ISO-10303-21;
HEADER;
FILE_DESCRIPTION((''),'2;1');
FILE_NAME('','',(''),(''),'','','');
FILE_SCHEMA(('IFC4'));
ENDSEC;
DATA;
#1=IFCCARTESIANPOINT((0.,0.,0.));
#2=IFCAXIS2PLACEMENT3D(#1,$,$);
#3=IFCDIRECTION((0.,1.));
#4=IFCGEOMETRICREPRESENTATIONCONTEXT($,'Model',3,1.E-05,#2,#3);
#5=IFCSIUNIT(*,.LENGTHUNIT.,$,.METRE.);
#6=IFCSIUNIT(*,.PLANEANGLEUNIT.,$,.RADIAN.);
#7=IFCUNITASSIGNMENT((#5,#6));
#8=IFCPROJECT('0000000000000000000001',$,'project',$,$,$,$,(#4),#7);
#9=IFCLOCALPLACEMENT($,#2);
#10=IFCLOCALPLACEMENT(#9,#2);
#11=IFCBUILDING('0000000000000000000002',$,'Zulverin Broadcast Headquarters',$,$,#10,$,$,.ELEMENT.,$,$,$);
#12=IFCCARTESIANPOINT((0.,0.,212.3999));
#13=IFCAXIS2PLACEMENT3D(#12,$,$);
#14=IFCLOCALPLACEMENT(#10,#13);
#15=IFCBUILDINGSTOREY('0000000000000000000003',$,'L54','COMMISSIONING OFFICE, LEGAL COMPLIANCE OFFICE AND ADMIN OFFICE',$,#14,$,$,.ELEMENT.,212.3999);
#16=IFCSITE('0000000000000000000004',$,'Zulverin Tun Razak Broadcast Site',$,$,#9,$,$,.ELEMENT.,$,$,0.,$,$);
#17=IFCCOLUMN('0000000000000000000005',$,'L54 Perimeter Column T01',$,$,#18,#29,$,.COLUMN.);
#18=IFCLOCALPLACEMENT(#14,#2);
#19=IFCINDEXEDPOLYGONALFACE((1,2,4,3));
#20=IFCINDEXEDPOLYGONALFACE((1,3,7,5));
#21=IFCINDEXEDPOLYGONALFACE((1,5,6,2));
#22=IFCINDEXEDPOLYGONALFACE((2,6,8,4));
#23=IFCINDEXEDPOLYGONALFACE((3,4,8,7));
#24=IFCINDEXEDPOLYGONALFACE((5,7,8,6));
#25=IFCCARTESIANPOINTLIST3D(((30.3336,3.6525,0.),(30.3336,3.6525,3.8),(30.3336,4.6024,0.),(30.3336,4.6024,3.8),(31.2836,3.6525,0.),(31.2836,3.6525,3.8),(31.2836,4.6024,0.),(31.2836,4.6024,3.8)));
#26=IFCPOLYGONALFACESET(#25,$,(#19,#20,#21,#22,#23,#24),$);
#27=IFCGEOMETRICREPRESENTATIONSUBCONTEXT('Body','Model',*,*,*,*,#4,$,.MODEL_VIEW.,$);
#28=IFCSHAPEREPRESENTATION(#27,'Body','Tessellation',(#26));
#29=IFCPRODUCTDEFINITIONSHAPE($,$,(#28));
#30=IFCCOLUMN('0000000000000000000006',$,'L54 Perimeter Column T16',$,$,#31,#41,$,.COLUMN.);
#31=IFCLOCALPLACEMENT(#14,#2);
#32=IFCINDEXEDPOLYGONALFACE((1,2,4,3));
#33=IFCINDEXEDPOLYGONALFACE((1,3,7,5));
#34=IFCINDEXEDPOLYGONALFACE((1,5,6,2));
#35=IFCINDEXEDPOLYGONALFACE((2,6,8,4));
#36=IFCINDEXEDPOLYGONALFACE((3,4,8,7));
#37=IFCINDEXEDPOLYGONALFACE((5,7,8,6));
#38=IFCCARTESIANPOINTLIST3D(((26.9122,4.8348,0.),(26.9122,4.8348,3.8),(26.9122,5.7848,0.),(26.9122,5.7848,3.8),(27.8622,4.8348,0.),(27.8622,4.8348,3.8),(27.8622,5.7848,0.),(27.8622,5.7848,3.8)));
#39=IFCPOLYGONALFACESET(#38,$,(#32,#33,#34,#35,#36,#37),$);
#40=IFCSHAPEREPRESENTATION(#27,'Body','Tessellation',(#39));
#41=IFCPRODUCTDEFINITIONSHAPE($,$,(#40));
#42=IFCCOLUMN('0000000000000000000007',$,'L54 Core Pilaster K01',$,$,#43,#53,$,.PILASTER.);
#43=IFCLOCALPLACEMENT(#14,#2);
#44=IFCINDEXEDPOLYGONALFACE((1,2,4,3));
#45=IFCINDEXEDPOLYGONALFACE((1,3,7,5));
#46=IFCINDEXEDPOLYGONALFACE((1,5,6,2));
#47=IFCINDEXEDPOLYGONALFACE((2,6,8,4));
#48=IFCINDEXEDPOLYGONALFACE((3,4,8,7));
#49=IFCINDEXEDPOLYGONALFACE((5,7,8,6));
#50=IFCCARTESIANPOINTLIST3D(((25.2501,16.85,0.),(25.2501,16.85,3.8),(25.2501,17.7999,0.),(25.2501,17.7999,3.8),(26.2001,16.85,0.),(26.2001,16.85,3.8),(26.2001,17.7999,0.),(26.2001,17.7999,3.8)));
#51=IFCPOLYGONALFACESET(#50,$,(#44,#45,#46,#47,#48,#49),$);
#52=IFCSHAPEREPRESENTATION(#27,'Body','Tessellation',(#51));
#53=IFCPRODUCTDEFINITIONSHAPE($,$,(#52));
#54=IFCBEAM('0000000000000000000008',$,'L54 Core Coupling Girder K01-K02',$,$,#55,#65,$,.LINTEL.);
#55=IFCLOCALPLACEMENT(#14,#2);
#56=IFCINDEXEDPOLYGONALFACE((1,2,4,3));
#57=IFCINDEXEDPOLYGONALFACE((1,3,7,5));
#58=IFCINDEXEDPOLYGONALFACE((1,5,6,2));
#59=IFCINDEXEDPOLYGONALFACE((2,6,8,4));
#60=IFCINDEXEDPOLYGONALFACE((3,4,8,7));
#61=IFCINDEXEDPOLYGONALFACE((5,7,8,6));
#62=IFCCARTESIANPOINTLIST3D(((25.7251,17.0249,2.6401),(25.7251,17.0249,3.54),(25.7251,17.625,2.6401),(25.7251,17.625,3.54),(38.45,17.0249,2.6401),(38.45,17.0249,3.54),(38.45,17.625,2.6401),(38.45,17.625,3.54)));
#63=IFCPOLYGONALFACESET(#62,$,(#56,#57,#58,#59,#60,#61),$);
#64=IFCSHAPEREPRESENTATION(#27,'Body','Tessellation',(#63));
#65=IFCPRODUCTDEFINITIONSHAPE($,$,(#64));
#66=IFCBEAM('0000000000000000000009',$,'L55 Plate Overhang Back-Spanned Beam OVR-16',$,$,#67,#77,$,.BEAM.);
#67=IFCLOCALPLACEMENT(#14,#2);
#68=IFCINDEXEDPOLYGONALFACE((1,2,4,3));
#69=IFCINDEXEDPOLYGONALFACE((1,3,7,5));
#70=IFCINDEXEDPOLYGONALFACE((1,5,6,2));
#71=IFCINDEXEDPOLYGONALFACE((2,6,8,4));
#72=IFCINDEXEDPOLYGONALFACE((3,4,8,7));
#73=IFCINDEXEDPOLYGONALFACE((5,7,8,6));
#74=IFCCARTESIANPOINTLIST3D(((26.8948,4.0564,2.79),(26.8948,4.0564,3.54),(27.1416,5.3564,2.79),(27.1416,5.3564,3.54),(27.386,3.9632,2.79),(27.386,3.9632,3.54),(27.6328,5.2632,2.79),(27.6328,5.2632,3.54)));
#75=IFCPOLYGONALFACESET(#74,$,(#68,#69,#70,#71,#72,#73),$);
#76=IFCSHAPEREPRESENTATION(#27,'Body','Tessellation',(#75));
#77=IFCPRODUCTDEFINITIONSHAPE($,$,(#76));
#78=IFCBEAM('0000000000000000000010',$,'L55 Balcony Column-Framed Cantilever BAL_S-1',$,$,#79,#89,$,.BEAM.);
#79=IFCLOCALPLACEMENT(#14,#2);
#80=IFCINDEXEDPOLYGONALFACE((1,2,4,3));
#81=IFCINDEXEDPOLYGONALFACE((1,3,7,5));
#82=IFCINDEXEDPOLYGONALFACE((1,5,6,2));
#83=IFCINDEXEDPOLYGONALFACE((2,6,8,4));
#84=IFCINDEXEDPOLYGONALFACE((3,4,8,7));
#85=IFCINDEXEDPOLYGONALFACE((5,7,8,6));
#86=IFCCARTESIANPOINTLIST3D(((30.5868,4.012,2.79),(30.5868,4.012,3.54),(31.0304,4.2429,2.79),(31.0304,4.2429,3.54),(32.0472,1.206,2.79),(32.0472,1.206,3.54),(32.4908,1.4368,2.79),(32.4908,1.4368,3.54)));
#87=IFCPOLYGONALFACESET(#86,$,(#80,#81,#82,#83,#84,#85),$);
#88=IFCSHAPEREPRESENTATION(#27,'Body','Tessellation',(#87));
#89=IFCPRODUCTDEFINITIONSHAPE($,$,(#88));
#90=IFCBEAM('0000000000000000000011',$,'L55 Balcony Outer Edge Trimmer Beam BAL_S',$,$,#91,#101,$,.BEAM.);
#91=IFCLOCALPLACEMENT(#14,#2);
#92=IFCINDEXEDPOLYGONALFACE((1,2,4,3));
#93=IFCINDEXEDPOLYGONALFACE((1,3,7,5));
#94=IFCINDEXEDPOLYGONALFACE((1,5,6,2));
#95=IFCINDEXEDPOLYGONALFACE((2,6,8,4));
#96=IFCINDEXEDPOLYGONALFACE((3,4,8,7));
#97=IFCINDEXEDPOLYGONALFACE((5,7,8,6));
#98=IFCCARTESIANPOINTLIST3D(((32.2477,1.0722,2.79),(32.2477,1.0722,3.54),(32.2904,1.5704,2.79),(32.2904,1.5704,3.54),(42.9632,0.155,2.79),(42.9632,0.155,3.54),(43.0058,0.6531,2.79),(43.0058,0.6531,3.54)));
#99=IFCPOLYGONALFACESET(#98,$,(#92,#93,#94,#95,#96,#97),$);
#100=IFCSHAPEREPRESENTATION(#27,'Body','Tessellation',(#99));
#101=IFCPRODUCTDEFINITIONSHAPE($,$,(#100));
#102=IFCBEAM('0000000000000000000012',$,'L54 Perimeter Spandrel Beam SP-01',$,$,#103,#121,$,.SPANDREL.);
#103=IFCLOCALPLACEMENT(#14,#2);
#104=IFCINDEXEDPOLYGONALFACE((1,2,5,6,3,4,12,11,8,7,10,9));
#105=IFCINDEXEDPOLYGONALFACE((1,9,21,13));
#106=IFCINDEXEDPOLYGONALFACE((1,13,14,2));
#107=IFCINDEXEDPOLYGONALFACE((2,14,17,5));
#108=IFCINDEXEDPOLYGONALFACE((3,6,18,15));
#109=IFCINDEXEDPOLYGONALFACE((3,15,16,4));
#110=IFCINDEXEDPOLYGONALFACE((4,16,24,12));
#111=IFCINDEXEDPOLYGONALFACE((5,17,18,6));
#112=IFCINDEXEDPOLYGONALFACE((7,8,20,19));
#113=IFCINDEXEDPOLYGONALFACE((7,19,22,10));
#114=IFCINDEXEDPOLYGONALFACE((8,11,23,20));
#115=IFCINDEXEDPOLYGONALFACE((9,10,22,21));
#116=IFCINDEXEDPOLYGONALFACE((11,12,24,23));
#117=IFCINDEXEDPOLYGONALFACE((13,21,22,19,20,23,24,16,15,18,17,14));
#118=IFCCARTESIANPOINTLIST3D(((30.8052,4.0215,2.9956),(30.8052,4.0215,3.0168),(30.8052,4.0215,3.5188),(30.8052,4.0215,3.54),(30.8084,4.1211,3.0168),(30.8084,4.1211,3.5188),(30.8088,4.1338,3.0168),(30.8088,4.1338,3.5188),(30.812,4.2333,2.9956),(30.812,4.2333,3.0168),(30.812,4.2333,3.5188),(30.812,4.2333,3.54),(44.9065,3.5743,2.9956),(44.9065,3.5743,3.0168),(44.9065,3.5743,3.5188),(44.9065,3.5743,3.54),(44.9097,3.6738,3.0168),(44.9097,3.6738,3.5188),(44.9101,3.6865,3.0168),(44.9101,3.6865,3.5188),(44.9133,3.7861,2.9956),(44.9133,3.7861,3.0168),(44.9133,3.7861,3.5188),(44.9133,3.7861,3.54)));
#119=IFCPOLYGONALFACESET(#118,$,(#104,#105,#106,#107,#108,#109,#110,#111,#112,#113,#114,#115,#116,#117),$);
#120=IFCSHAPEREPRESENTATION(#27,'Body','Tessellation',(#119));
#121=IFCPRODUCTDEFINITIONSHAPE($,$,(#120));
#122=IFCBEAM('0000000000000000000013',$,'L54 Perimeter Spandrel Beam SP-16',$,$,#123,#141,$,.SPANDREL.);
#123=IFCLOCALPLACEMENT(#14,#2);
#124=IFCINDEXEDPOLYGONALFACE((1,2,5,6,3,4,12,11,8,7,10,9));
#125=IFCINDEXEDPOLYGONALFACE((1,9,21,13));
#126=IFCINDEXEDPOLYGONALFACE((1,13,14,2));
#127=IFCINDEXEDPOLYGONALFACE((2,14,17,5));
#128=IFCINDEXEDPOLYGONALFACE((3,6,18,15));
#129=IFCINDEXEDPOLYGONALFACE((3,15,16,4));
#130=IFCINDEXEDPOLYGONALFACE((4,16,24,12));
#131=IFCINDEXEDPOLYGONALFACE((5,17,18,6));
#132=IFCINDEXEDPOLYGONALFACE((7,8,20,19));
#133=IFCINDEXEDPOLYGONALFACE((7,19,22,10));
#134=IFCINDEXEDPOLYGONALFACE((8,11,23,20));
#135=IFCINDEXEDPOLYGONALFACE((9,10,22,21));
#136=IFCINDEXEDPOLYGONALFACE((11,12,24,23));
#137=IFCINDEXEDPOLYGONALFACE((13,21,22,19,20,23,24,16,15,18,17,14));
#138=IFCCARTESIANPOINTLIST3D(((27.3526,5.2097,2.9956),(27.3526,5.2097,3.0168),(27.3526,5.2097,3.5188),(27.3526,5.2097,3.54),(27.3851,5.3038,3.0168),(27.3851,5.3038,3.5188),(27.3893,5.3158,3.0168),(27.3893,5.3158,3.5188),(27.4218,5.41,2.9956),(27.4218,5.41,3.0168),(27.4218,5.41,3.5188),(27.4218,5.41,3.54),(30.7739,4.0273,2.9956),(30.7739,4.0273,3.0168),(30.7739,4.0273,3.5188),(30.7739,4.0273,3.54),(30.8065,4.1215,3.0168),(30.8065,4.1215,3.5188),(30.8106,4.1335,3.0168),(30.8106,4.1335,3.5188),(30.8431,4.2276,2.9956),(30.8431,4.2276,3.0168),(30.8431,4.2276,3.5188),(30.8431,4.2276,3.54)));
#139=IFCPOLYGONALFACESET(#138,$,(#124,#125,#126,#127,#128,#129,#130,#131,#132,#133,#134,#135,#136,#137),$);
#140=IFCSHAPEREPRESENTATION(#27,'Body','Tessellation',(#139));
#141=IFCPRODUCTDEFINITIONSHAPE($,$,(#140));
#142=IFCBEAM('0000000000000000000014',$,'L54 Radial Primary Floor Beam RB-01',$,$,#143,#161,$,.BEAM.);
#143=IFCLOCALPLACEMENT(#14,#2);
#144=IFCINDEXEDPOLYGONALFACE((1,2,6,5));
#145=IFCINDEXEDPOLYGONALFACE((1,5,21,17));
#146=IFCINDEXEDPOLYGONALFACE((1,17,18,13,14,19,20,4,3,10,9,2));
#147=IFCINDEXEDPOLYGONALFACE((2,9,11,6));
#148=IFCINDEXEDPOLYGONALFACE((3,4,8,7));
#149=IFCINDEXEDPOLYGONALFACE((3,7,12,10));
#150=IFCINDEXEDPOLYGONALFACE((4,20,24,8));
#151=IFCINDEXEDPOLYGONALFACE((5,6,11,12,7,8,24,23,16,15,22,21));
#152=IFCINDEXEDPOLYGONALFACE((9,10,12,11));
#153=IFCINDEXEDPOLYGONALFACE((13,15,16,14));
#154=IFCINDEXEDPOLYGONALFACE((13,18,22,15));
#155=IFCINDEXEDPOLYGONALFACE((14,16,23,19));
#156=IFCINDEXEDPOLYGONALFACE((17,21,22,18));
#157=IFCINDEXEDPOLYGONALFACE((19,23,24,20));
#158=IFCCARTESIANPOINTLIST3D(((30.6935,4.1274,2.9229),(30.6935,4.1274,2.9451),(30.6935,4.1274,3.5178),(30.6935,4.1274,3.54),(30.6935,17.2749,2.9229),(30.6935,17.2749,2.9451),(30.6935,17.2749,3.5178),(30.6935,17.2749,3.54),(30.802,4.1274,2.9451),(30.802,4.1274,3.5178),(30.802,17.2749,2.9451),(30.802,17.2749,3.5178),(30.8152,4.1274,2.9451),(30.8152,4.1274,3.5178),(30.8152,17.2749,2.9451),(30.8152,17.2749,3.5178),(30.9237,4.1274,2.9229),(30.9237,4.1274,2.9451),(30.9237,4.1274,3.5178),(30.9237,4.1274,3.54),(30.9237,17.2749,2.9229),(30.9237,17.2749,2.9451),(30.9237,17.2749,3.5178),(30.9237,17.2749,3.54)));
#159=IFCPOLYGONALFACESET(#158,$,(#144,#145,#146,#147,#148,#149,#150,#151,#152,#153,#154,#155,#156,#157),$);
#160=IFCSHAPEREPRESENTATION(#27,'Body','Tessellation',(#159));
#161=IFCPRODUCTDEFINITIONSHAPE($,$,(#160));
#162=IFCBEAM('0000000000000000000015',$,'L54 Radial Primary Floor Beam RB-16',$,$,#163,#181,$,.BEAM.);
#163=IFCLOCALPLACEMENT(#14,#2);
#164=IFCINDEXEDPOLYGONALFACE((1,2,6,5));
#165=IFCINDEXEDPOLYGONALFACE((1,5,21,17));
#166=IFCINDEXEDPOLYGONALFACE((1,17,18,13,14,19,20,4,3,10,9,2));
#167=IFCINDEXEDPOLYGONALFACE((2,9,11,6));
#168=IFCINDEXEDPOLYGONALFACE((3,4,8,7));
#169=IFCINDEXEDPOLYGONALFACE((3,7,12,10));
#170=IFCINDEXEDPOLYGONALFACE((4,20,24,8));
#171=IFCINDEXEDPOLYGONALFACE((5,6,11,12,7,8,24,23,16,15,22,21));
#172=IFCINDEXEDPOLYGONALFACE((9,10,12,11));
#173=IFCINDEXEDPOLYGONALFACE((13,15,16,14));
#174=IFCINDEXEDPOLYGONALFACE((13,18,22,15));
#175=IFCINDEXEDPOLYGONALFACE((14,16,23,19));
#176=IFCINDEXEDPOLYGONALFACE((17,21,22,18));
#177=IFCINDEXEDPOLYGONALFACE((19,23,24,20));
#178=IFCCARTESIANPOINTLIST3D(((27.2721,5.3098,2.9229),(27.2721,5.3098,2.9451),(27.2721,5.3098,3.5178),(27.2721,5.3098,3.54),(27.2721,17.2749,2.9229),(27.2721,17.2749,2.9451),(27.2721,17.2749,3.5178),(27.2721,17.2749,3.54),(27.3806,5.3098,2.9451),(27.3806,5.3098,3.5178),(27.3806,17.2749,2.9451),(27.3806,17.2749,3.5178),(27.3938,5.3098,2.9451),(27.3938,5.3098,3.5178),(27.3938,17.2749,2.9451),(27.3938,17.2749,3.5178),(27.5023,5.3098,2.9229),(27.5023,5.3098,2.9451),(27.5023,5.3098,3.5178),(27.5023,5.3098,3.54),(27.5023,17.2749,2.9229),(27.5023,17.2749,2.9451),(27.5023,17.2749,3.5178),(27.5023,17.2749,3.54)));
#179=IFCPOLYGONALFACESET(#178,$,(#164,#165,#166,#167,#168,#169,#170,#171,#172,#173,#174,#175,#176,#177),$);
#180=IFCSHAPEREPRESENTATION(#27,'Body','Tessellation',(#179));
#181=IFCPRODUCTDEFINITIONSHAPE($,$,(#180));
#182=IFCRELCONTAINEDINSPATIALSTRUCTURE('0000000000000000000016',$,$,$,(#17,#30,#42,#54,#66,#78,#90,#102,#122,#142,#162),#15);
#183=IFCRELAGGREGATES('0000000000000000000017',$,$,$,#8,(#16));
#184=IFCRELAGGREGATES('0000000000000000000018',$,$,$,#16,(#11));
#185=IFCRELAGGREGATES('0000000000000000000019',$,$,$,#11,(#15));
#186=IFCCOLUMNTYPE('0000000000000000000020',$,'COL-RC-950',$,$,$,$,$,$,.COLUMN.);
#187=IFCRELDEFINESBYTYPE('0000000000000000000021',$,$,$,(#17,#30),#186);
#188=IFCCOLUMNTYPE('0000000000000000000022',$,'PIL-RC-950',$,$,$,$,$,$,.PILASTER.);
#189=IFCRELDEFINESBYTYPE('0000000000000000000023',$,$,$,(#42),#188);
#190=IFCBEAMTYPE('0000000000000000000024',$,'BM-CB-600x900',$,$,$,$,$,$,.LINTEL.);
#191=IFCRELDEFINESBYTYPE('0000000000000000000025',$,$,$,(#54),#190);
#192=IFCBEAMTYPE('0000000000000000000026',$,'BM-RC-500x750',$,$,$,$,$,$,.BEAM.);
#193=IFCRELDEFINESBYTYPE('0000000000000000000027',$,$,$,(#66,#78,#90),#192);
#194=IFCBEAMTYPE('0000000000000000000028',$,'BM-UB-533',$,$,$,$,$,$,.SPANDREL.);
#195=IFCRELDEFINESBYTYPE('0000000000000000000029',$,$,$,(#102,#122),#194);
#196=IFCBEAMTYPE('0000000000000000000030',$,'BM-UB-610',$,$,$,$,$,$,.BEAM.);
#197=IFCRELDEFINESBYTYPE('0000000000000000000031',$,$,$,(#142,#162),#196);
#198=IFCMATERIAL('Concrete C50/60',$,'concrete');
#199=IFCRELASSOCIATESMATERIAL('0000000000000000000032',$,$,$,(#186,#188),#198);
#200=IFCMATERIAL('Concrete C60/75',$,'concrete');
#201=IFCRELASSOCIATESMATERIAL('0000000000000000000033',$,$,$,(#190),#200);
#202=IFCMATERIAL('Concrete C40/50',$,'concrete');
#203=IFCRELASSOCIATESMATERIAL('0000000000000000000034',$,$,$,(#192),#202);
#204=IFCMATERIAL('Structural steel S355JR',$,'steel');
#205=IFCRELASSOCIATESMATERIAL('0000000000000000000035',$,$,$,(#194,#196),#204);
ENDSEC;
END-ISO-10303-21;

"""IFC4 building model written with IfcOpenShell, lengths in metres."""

from ifc_helpers import new_model, si_unit, direction, frame, origin, origin_2d, place, context, subcontext, project, spatial, rectangle, i_section, extrude, material, material_profile, profile_set, type_object, element, save


model = new_model("IFC4")

# Units and contexts
model_context = context("Model", 3, precision=1e-05, world=origin(), true_north=direction((0.0, 1.0)))
body_context = subcontext(model_context, "Body", "Model", "MODEL_VIEW")
ifc_project = project(units=[si_unit("LENGTHUNIT", "METRE"), si_unit("PLANEANGLEUNIT", "RADIAN")], contexts=[model_context])

# Site, building, storey
site_placement = place(None, origin())
site = spatial("IfcSite", under=ifc_project, at=site_placement, Name="Zulverin Tun Razak Broadcast Site", CompositionType="ELEMENT", RefElevation=0.0)
building_placement = place(site_placement, origin())
building = spatial("IfcBuilding", under=site, at=building_placement, Name="Zulverin Broadcast Headquarters", CompositionType="ELEMENT")
storey_placement = place(building_placement, frame((0.0, 0.0, 212.3999)))
storey = spatial("IfcBuildingStorey", under=building, at=storey_placement, Name="L54", Description="COMMISSIONING OFFICE, LEGAL COMPLIANCE OFFICE AND ADMIN OFFICE", CompositionType="ELEMENT", Elevation=212.3999)

# Columns
ifc_material_1 = material(Name="Concrete C50/60", Category="concrete")
ifc_material_profile_1 = material_profile(ifc_material_1, rectangle(XDim=0.95, YDim=0.95, at=origin_2d()), Name="Concrete C50/60", Category="concrete")
ifc_profile_set_1 = profile_set([ifc_material_profile_1], Name="Concrete C50/60")
column_type_1 = type_object("IfcColumnType", Name="COL-RC-950", PredefinedType="COLUMN", material=ifc_profile_set_1)
for number, where, z_axis, x_axis, name in (
    (1, (30.8086, 4.1274, 0.0), (0.0, 0.0, 1.0), (1.0, 0.0, 0.0), "L54 Perimeter Column T01"),
    (2, (27.3872, 5.3098, 0.0), (0.0, 0.0, 1.0), (1.0, 0.0, 0.0), "L54 Perimeter Column T16"),
):
    element("IfcColumn", number, at=place(storey_placement, frame(where, z_axis=z_axis, x_axis=x_axis)), inside=storey, type_object=column_type_1, Name=name, PredefinedType="COLUMN", context=body_context, shape_type="SweptSolid", body=[
        extrude(rectangle(XDim=0.95, YDim=0.95, at=origin_2d()), origin(), (0.0, 0.0, 1.0), 3.8),
    ])
ifc_material_profile_2 = material_profile(ifc_material_1, rectangle(XDim=0.95, YDim=0.95, at=origin_2d()), Name="Concrete C50/60", Category="concrete")
ifc_profile_set_2 = profile_set([ifc_material_profile_2], Name="Concrete C50/60")
column_type_2 = type_object("IfcColumnType", Name="PIL-RC-950", PredefinedType="PILASTER", material=ifc_profile_set_2)
column_placement = place(storey_placement, frame((25.7251, 17.325, 0.0), z_axis=(0.0, 0.0, 1.0), x_axis=(1.0, 0.0, 0.0)))
element("IfcColumn", 3, at=column_placement, inside=storey, type_object=column_type_2, Name="L54 Core Pilaster K01", PredefinedType="PILASTER", context=body_context, shape_type="SweptSolid", body=[
    extrude(rectangle(XDim=0.95, YDim=0.95, at=origin_2d()), origin(), (0.0, 0.0, 1.0), 3.8),
])

# Beams
ifc_material_2 = material(Name="Concrete C60/75", Category="concrete")
ifc_material_profile_3 = material_profile(ifc_material_2, rectangle(XDim=0.6001, YDim=0.8999, at=origin_2d()), Name="Concrete C60/75", Category="concrete")
ifc_profile_set_3 = profile_set([ifc_material_profile_3], Name="Concrete C60/75")
beam_type_1 = type_object("IfcBeamType", Name="BM-CB-600x900", PredefinedType="LINTEL", material=ifc_profile_set_3)
beam_1_placement = place(storey_placement, frame((25.7251, 17.325, 3.0901), z_axis=(1.0, 0.0, 0.0), x_axis=(0.0, 1.0, 0.0)))
element("IfcBeam", 4, at=beam_1_placement, inside=storey, type_object=beam_type_1, Name="L54 Core Coupling Girder K01-K02", PredefinedType="LINTEL", context=body_context, shape_type="SweptSolid", body=[
    extrude(rectangle(XDim=0.6001, YDim=0.8999, at=origin_2d()), origin(), (0.0, 0.0, 1.0), 12.7249),
])
ifc_material_3 = material(Name="Concrete C40/50", Category="concrete")
ifc_material_profile_4 = material_profile(ifc_material_3, rectangle(XDim=0.5, YDim=0.75, at=origin_2d()), Name="Concrete C40/50", Category="concrete")
ifc_profile_set_4 = profile_set([ifc_material_profile_4], Name="Concrete C40/50")
beam_type_2 = type_object("IfcBeamType", Name="BM-RC-500x750", PredefinedType="BEAM", material=ifc_profile_set_4)
beam_2_placement = place(storey_placement, frame((27.3872, 5.3098, 3.165), z_axis=(-0.186527, -0.98245, 0.0), x_axis=(0.98245, -0.186527, 0.0)))
element("IfcBeam", 5, at=beam_2_placement, inside=storey, type_object=beam_type_2, Name="L55 Plate Overhang Back-Spanned Beam OVR-16", PredefinedType="BEAM", context=body_context, shape_type="SweptSolid", body=[
    extrude(rectangle(XDim=0.5, YDim=0.75, at=origin_2d()), origin(), (0.0, 0.0, 1.0), 1.3232),
])
beam_3_placement = place(storey_placement, frame((30.8086, 4.1274, 3.165), z_axis=(0.461664, -0.887055, 0.0), x_axis=(0.887055, 0.461664, 0.0)))
element("IfcBeam", 6, at=beam_3_placement, inside=storey, type_object=beam_type_2, Name="L55 Balcony Column-Framed Cantilever BAL_S-1", PredefinedType="BEAM", context=body_context, shape_type="SweptSolid", body=[
    extrude(rectangle(XDim=0.5, YDim=0.75, at=origin_2d()), origin(), (0.0, 0.0, 1.0), 3.1633),
])
beam_4_placement = place(storey_placement, frame((32.269, 1.3213, 3.165), z_axis=(0.996356, -0.085288, 0.0), x_axis=(0.085288, 0.996356, 0.0)))
element("IfcBeam", 7, at=beam_4_placement, inside=storey, type_object=beam_type_2, Name="L55 Balcony Outer Edge Trimmer Beam BAL_S", PredefinedType="BEAM", context=body_context, shape_type="SweptSolid", body=[
    extrude(rectangle(XDim=0.5, YDim=0.75, at=origin_2d()), origin(), (0.0, 0.0, 1.0), 10.7546),
])
ifc_material_4 = material(Name="Structural steel S355JR", Category="steel")
ifc_material_profile_5 = material_profile(ifc_material_4, i_section(OverallWidth=0.2119, OverallDepth=0.5444, WebThickness=0.0127, FlangeThickness=0.0212, at=origin_2d()), Name="Structural steel S355JR", Category="steel")
ifc_profile_set_5 = profile_set([ifc_material_profile_5], Name="Structural steel S355JR")
beam_type_3 = type_object("IfcBeamType", Name="BM-UB-533", PredefinedType="SPANDREL", material=ifc_profile_set_5)
beam_5_placement = place(storey_placement, frame((30.8086, 4.1274, 3.2678), z_axis=(0.999497, -0.031702, 0.0), x_axis=(0.031702, 0.999497, 0.0)))
element("IfcBeam", 8, at=beam_5_placement, inside=storey, type_object=beam_type_3, Name="L54 Perimeter Spandrel Beam SP-01", PredefinedType="SPANDREL", context=body_context, shape_type="SweptSolid", body=[
    extrude(i_section(OverallWidth=0.2119, OverallDepth=0.5444, WebThickness=0.0127, FlangeThickness=0.0212, at=origin_2d()), origin(), (0.0, 0.0, 1.0), 14.1084),
])
beam_6_placement = place(storey_placement, frame((27.3872, 5.3098, 3.2678), z_axis=(0.945153, -0.326629, 0.0), x_axis=(0.326629, 0.945153, 0.0)))
element("IfcBeam", 9, at=beam_6_placement, inside=storey, type_object=beam_type_3, Name="L54 Perimeter Spandrel Beam SP-16", PredefinedType="SPANDREL", context=body_context, shape_type="SweptSolid", body=[
    extrude(i_section(OverallWidth=0.2119, OverallDepth=0.5444, WebThickness=0.0127, FlangeThickness=0.0212, at=origin_2d()), origin(), (0.0, 0.0, 1.0), 3.6199),
])
ifc_material_profile_6 = material_profile(ifc_material_4, i_section(OverallWidth=0.2302, OverallDepth=0.6172, WebThickness=0.0132, FlangeThickness=0.0222, at=origin_2d()), Name="Structural steel S355JR", Category="steel")
ifc_profile_set_6 = profile_set([ifc_material_profile_6], Name="Structural steel S355JR")
beam_type_4 = type_object("IfcBeamType", Name="BM-UB-610", PredefinedType="BEAM", material=ifc_profile_set_6)
beam_7_placement = place(storey_placement, frame((30.8086, 17.2749, 3.2314), z_axis=(0.0, -1.0, 0.0), x_axis=(1.0, 0.0, 0.0)))
element("IfcBeam", 10, at=beam_7_placement, inside=storey, type_object=beam_type_4, Name="L54 Radial Primary Floor Beam RB-01", PredefinedType="BEAM", context=body_context, shape_type="SweptSolid", body=[
    extrude(i_section(OverallWidth=0.2302, OverallDepth=0.6172, WebThickness=0.0132, FlangeThickness=0.0222, at=origin_2d()), origin(), (0.0, 0.0, 1.0), 13.1475),
])
beam_8_placement = place(storey_placement, frame((27.3872, 17.2749, 3.2314), z_axis=(0.0, -1.0, 0.0), x_axis=(1.0, 0.0, 0.0)))
element("IfcBeam", 11, at=beam_8_placement, inside=storey, type_object=beam_type_4, Name="L54 Radial Primary Floor Beam RB-16", PredefinedType="BEAM", context=body_context, shape_type="SweptSolid", body=[
    extrude(i_section(OverallWidth=0.2302, OverallDepth=0.6172, WebThickness=0.0132, FlangeThickness=0.0222, at=origin_2d()), origin(), (0.0, 0.0, 1.0), 11.9651),
])

save(model, "model.ifc")
